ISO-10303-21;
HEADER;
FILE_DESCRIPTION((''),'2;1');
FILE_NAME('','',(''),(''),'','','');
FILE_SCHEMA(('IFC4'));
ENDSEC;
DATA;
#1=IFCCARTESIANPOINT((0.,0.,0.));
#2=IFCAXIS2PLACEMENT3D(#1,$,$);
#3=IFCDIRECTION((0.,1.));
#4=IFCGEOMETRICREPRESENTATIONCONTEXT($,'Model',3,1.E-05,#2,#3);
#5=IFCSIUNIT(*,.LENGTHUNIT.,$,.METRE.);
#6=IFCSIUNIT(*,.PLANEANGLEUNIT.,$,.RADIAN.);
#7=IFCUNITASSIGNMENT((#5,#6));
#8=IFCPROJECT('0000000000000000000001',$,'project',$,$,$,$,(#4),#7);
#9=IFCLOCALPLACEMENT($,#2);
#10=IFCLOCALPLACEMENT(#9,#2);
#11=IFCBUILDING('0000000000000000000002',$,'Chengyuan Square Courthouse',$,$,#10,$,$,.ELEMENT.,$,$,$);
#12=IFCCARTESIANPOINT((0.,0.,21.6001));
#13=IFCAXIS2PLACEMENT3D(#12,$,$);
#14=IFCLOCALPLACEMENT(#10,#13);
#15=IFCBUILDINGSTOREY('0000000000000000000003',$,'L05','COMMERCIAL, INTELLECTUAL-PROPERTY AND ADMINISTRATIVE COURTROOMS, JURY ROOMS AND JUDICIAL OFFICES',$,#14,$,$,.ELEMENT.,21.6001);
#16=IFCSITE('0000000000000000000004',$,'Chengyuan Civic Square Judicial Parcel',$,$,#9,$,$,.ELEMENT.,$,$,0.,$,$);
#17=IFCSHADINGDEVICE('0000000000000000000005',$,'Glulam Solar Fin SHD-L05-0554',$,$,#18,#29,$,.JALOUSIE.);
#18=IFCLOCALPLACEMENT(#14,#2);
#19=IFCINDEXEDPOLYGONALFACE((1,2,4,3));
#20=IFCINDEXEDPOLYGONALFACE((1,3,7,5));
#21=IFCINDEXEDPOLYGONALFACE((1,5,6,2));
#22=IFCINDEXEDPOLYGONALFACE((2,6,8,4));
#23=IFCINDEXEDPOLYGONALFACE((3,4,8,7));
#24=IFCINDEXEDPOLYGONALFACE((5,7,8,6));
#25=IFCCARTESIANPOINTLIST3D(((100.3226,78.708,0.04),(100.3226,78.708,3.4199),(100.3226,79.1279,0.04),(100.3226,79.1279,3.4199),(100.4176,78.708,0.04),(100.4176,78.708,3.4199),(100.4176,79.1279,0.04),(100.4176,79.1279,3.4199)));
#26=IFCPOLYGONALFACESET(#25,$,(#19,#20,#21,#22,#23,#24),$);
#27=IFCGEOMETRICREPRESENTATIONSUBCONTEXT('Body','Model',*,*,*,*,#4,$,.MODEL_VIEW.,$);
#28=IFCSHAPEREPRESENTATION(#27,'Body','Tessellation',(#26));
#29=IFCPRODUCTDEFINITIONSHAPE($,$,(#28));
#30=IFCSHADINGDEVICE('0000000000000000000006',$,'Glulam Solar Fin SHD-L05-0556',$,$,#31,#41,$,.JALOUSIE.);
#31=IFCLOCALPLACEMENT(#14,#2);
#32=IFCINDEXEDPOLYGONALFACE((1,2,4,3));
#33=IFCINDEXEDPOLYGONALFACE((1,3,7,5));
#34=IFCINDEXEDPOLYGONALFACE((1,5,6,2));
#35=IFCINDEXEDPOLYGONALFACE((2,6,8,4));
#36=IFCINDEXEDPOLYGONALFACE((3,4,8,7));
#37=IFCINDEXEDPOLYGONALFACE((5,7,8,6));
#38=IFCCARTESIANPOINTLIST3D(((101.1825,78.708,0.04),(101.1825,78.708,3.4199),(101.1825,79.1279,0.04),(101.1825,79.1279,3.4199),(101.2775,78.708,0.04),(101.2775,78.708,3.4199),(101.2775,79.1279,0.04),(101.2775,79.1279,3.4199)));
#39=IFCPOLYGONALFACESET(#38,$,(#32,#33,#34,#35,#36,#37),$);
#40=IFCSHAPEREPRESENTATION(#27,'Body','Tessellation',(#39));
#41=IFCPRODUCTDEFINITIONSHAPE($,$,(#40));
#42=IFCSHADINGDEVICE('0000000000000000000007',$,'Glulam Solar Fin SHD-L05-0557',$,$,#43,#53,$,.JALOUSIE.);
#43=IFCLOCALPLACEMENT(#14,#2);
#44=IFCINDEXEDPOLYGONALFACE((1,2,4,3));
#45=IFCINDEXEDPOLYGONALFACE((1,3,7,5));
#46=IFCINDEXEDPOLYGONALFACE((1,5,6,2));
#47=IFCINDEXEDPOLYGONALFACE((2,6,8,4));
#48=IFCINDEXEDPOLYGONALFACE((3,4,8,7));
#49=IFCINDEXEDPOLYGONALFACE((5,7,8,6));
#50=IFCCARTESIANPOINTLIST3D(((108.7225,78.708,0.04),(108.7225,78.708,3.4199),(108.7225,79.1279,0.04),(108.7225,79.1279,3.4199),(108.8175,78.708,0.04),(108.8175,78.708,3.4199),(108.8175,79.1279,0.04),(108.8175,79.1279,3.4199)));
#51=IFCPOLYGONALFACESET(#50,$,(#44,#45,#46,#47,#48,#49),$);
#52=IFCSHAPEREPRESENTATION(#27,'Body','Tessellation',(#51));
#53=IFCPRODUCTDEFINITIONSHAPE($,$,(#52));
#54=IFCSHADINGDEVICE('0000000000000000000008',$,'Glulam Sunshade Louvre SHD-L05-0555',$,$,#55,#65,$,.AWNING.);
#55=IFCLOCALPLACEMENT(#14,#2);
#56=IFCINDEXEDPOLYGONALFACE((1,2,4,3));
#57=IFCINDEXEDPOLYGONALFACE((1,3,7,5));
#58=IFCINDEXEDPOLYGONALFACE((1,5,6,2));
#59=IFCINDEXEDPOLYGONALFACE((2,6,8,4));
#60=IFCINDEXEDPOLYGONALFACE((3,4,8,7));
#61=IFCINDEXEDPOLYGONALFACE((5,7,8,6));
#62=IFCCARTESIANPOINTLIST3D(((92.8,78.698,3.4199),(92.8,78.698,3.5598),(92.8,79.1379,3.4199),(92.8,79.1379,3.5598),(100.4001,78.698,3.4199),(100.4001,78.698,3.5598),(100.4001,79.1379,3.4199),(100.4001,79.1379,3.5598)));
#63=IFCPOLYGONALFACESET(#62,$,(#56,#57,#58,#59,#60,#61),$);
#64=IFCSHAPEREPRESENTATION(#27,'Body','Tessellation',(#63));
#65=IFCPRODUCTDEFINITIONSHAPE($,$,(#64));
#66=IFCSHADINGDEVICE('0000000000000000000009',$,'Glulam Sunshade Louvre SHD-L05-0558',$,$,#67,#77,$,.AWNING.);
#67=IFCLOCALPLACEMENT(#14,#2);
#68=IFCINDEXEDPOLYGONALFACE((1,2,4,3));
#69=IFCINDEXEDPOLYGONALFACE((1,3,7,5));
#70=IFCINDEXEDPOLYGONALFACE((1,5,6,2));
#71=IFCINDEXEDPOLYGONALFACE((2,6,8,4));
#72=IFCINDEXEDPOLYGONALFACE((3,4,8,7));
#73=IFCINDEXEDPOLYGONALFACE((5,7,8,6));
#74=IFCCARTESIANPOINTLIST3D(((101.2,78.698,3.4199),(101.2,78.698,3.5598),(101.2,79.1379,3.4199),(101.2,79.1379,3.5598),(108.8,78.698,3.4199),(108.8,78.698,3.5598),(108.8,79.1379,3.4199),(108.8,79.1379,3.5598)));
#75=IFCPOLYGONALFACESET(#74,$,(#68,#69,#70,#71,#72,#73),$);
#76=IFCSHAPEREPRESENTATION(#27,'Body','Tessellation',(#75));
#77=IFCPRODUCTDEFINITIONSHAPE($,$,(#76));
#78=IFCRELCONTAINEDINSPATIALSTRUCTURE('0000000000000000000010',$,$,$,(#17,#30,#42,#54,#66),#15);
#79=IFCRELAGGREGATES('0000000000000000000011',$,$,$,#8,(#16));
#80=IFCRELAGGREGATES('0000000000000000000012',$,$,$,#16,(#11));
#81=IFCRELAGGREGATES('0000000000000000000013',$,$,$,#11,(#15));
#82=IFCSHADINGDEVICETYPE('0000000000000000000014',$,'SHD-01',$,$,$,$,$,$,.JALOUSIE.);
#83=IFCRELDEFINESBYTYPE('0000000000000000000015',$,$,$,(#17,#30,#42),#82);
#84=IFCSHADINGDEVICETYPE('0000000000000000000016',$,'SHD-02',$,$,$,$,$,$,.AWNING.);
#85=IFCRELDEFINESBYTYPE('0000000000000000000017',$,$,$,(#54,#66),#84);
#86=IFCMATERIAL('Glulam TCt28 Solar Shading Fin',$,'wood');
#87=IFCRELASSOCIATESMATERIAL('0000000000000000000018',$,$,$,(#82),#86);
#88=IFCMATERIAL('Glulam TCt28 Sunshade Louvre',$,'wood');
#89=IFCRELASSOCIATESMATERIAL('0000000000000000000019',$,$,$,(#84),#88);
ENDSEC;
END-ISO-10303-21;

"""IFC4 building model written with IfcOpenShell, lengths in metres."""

from ifc_helpers import new_model, si_unit, direction, frame, origin, origin_2d, place, context, subcontext, project, spatial, rectangle, extrude, material, type_object, element, save


model = new_model("IFC4")

# Units and contexts
model_context = context("Model", 3, precision=1e-05, world=origin(), true_north=direction((0.0, 1.0)))
body_context = subcontext(model_context, "Body", "Model", "MODEL_VIEW")
ifc_project = project(units=[si_unit("LENGTHUNIT", "METRE"), si_unit("PLANEANGLEUNIT", "RADIAN")], contexts=[model_context])

# Site, building, storey
site_placement = place(None, origin())
site = spatial("IfcSite", under=ifc_project, at=site_placement, Name="Chengyuan Civic Square Judicial Parcel", CompositionType="ELEMENT", RefElevation=0.0)
building_placement = place(site_placement, origin())
building = spatial("IfcBuilding", under=site, at=building_placement, Name="Chengyuan Square Courthouse", CompositionType="ELEMENT")
storey_placement = place(building_placement, frame((0.0, 0.0, 21.6001)))
storey = spatial("IfcBuildingStorey", under=building, at=storey_placement, Name="L05", Description="COMMERCIAL, INTELLECTUAL-PROPERTY AND ADMINISTRATIVE COURTROOMS, JURY ROOMS AND JUDICIAL OFFICES", CompositionType="ELEMENT", Elevation=21.6001)

# Shading devices
ifc_material_1 = material(Name="Glulam TCt28 Solar Shading Fin", Category="wood")
shading_device_type_1 = type_object("IfcShadingDeviceType", Name="SHD-01", PredefinedType="JALOUSIE", material=ifc_material_1)
for number, where, z_axis, x_axis, name in (
    (1, (100.3701, 78.918, 0.04), (0.0, 0.0, 1.0), (0.0, 1.0, 0.0), "Glulam Solar Fin SHD-L05-0554"),
    (2, (101.23, 78.918, 0.04), (0.0, 0.0, 1.0), (0.0, 1.0, 0.0), "Glulam Solar Fin SHD-L05-0556"),
    (3, (108.77, 78.918, 0.04), (0.0, 0.0, 1.0), (0.0, 1.0, 0.0), "Glulam Solar Fin SHD-L05-0557"),
):
    element("IfcShadingDevice", number, at=place(storey_placement, frame(where, z_axis=z_axis, x_axis=x_axis)), inside=storey, type_object=shading_device_type_1, Name=name, PredefinedType="JALOUSIE", context=body_context, shape_type="SweptSolid", body=[
        extrude(rectangle(XDim=0.4199, YDim=0.095, at=origin_2d()), origin(), (0.0, 0.0, 1.0), 3.3799),
    ])
ifc_material_2 = material(Name="Glulam TCt28 Sunshade Louvre", Category="wood")
shading_device_type_2 = type_object("IfcShadingDeviceType", Name="SHD-02", PredefinedType="AWNING", material=ifc_material_2)
for number, where, z_axis, x_axis, name in (
    (4, (96.6001, 78.918, 3.4199), (0.0, 0.0, 1.0), (1.0, 0.0, 0.0), "Glulam Sunshade Louvre SHD-L05-0555"),
    (5, (105.0, 78.918, 3.4199), (0.0, 0.0, 1.0), (1.0, 0.0, 0.0), "Glulam Sunshade Louvre SHD-L05-0558"),
):
    element("IfcShadingDevice", number, at=place(storey_placement, frame(where, z_axis=z_axis, x_axis=x_axis)), inside=storey, type_object=shading_device_type_2, Name=name, PredefinedType="AWNING", context=body_context, shape_type="SweptSolid", body=[
        extrude(rectangle(XDim=7.6001, YDim=0.4399, at=origin_2d()), origin(), (0.0, 0.0, 1.0), 0.1399),
    ])

save(model, "model.ifc")
